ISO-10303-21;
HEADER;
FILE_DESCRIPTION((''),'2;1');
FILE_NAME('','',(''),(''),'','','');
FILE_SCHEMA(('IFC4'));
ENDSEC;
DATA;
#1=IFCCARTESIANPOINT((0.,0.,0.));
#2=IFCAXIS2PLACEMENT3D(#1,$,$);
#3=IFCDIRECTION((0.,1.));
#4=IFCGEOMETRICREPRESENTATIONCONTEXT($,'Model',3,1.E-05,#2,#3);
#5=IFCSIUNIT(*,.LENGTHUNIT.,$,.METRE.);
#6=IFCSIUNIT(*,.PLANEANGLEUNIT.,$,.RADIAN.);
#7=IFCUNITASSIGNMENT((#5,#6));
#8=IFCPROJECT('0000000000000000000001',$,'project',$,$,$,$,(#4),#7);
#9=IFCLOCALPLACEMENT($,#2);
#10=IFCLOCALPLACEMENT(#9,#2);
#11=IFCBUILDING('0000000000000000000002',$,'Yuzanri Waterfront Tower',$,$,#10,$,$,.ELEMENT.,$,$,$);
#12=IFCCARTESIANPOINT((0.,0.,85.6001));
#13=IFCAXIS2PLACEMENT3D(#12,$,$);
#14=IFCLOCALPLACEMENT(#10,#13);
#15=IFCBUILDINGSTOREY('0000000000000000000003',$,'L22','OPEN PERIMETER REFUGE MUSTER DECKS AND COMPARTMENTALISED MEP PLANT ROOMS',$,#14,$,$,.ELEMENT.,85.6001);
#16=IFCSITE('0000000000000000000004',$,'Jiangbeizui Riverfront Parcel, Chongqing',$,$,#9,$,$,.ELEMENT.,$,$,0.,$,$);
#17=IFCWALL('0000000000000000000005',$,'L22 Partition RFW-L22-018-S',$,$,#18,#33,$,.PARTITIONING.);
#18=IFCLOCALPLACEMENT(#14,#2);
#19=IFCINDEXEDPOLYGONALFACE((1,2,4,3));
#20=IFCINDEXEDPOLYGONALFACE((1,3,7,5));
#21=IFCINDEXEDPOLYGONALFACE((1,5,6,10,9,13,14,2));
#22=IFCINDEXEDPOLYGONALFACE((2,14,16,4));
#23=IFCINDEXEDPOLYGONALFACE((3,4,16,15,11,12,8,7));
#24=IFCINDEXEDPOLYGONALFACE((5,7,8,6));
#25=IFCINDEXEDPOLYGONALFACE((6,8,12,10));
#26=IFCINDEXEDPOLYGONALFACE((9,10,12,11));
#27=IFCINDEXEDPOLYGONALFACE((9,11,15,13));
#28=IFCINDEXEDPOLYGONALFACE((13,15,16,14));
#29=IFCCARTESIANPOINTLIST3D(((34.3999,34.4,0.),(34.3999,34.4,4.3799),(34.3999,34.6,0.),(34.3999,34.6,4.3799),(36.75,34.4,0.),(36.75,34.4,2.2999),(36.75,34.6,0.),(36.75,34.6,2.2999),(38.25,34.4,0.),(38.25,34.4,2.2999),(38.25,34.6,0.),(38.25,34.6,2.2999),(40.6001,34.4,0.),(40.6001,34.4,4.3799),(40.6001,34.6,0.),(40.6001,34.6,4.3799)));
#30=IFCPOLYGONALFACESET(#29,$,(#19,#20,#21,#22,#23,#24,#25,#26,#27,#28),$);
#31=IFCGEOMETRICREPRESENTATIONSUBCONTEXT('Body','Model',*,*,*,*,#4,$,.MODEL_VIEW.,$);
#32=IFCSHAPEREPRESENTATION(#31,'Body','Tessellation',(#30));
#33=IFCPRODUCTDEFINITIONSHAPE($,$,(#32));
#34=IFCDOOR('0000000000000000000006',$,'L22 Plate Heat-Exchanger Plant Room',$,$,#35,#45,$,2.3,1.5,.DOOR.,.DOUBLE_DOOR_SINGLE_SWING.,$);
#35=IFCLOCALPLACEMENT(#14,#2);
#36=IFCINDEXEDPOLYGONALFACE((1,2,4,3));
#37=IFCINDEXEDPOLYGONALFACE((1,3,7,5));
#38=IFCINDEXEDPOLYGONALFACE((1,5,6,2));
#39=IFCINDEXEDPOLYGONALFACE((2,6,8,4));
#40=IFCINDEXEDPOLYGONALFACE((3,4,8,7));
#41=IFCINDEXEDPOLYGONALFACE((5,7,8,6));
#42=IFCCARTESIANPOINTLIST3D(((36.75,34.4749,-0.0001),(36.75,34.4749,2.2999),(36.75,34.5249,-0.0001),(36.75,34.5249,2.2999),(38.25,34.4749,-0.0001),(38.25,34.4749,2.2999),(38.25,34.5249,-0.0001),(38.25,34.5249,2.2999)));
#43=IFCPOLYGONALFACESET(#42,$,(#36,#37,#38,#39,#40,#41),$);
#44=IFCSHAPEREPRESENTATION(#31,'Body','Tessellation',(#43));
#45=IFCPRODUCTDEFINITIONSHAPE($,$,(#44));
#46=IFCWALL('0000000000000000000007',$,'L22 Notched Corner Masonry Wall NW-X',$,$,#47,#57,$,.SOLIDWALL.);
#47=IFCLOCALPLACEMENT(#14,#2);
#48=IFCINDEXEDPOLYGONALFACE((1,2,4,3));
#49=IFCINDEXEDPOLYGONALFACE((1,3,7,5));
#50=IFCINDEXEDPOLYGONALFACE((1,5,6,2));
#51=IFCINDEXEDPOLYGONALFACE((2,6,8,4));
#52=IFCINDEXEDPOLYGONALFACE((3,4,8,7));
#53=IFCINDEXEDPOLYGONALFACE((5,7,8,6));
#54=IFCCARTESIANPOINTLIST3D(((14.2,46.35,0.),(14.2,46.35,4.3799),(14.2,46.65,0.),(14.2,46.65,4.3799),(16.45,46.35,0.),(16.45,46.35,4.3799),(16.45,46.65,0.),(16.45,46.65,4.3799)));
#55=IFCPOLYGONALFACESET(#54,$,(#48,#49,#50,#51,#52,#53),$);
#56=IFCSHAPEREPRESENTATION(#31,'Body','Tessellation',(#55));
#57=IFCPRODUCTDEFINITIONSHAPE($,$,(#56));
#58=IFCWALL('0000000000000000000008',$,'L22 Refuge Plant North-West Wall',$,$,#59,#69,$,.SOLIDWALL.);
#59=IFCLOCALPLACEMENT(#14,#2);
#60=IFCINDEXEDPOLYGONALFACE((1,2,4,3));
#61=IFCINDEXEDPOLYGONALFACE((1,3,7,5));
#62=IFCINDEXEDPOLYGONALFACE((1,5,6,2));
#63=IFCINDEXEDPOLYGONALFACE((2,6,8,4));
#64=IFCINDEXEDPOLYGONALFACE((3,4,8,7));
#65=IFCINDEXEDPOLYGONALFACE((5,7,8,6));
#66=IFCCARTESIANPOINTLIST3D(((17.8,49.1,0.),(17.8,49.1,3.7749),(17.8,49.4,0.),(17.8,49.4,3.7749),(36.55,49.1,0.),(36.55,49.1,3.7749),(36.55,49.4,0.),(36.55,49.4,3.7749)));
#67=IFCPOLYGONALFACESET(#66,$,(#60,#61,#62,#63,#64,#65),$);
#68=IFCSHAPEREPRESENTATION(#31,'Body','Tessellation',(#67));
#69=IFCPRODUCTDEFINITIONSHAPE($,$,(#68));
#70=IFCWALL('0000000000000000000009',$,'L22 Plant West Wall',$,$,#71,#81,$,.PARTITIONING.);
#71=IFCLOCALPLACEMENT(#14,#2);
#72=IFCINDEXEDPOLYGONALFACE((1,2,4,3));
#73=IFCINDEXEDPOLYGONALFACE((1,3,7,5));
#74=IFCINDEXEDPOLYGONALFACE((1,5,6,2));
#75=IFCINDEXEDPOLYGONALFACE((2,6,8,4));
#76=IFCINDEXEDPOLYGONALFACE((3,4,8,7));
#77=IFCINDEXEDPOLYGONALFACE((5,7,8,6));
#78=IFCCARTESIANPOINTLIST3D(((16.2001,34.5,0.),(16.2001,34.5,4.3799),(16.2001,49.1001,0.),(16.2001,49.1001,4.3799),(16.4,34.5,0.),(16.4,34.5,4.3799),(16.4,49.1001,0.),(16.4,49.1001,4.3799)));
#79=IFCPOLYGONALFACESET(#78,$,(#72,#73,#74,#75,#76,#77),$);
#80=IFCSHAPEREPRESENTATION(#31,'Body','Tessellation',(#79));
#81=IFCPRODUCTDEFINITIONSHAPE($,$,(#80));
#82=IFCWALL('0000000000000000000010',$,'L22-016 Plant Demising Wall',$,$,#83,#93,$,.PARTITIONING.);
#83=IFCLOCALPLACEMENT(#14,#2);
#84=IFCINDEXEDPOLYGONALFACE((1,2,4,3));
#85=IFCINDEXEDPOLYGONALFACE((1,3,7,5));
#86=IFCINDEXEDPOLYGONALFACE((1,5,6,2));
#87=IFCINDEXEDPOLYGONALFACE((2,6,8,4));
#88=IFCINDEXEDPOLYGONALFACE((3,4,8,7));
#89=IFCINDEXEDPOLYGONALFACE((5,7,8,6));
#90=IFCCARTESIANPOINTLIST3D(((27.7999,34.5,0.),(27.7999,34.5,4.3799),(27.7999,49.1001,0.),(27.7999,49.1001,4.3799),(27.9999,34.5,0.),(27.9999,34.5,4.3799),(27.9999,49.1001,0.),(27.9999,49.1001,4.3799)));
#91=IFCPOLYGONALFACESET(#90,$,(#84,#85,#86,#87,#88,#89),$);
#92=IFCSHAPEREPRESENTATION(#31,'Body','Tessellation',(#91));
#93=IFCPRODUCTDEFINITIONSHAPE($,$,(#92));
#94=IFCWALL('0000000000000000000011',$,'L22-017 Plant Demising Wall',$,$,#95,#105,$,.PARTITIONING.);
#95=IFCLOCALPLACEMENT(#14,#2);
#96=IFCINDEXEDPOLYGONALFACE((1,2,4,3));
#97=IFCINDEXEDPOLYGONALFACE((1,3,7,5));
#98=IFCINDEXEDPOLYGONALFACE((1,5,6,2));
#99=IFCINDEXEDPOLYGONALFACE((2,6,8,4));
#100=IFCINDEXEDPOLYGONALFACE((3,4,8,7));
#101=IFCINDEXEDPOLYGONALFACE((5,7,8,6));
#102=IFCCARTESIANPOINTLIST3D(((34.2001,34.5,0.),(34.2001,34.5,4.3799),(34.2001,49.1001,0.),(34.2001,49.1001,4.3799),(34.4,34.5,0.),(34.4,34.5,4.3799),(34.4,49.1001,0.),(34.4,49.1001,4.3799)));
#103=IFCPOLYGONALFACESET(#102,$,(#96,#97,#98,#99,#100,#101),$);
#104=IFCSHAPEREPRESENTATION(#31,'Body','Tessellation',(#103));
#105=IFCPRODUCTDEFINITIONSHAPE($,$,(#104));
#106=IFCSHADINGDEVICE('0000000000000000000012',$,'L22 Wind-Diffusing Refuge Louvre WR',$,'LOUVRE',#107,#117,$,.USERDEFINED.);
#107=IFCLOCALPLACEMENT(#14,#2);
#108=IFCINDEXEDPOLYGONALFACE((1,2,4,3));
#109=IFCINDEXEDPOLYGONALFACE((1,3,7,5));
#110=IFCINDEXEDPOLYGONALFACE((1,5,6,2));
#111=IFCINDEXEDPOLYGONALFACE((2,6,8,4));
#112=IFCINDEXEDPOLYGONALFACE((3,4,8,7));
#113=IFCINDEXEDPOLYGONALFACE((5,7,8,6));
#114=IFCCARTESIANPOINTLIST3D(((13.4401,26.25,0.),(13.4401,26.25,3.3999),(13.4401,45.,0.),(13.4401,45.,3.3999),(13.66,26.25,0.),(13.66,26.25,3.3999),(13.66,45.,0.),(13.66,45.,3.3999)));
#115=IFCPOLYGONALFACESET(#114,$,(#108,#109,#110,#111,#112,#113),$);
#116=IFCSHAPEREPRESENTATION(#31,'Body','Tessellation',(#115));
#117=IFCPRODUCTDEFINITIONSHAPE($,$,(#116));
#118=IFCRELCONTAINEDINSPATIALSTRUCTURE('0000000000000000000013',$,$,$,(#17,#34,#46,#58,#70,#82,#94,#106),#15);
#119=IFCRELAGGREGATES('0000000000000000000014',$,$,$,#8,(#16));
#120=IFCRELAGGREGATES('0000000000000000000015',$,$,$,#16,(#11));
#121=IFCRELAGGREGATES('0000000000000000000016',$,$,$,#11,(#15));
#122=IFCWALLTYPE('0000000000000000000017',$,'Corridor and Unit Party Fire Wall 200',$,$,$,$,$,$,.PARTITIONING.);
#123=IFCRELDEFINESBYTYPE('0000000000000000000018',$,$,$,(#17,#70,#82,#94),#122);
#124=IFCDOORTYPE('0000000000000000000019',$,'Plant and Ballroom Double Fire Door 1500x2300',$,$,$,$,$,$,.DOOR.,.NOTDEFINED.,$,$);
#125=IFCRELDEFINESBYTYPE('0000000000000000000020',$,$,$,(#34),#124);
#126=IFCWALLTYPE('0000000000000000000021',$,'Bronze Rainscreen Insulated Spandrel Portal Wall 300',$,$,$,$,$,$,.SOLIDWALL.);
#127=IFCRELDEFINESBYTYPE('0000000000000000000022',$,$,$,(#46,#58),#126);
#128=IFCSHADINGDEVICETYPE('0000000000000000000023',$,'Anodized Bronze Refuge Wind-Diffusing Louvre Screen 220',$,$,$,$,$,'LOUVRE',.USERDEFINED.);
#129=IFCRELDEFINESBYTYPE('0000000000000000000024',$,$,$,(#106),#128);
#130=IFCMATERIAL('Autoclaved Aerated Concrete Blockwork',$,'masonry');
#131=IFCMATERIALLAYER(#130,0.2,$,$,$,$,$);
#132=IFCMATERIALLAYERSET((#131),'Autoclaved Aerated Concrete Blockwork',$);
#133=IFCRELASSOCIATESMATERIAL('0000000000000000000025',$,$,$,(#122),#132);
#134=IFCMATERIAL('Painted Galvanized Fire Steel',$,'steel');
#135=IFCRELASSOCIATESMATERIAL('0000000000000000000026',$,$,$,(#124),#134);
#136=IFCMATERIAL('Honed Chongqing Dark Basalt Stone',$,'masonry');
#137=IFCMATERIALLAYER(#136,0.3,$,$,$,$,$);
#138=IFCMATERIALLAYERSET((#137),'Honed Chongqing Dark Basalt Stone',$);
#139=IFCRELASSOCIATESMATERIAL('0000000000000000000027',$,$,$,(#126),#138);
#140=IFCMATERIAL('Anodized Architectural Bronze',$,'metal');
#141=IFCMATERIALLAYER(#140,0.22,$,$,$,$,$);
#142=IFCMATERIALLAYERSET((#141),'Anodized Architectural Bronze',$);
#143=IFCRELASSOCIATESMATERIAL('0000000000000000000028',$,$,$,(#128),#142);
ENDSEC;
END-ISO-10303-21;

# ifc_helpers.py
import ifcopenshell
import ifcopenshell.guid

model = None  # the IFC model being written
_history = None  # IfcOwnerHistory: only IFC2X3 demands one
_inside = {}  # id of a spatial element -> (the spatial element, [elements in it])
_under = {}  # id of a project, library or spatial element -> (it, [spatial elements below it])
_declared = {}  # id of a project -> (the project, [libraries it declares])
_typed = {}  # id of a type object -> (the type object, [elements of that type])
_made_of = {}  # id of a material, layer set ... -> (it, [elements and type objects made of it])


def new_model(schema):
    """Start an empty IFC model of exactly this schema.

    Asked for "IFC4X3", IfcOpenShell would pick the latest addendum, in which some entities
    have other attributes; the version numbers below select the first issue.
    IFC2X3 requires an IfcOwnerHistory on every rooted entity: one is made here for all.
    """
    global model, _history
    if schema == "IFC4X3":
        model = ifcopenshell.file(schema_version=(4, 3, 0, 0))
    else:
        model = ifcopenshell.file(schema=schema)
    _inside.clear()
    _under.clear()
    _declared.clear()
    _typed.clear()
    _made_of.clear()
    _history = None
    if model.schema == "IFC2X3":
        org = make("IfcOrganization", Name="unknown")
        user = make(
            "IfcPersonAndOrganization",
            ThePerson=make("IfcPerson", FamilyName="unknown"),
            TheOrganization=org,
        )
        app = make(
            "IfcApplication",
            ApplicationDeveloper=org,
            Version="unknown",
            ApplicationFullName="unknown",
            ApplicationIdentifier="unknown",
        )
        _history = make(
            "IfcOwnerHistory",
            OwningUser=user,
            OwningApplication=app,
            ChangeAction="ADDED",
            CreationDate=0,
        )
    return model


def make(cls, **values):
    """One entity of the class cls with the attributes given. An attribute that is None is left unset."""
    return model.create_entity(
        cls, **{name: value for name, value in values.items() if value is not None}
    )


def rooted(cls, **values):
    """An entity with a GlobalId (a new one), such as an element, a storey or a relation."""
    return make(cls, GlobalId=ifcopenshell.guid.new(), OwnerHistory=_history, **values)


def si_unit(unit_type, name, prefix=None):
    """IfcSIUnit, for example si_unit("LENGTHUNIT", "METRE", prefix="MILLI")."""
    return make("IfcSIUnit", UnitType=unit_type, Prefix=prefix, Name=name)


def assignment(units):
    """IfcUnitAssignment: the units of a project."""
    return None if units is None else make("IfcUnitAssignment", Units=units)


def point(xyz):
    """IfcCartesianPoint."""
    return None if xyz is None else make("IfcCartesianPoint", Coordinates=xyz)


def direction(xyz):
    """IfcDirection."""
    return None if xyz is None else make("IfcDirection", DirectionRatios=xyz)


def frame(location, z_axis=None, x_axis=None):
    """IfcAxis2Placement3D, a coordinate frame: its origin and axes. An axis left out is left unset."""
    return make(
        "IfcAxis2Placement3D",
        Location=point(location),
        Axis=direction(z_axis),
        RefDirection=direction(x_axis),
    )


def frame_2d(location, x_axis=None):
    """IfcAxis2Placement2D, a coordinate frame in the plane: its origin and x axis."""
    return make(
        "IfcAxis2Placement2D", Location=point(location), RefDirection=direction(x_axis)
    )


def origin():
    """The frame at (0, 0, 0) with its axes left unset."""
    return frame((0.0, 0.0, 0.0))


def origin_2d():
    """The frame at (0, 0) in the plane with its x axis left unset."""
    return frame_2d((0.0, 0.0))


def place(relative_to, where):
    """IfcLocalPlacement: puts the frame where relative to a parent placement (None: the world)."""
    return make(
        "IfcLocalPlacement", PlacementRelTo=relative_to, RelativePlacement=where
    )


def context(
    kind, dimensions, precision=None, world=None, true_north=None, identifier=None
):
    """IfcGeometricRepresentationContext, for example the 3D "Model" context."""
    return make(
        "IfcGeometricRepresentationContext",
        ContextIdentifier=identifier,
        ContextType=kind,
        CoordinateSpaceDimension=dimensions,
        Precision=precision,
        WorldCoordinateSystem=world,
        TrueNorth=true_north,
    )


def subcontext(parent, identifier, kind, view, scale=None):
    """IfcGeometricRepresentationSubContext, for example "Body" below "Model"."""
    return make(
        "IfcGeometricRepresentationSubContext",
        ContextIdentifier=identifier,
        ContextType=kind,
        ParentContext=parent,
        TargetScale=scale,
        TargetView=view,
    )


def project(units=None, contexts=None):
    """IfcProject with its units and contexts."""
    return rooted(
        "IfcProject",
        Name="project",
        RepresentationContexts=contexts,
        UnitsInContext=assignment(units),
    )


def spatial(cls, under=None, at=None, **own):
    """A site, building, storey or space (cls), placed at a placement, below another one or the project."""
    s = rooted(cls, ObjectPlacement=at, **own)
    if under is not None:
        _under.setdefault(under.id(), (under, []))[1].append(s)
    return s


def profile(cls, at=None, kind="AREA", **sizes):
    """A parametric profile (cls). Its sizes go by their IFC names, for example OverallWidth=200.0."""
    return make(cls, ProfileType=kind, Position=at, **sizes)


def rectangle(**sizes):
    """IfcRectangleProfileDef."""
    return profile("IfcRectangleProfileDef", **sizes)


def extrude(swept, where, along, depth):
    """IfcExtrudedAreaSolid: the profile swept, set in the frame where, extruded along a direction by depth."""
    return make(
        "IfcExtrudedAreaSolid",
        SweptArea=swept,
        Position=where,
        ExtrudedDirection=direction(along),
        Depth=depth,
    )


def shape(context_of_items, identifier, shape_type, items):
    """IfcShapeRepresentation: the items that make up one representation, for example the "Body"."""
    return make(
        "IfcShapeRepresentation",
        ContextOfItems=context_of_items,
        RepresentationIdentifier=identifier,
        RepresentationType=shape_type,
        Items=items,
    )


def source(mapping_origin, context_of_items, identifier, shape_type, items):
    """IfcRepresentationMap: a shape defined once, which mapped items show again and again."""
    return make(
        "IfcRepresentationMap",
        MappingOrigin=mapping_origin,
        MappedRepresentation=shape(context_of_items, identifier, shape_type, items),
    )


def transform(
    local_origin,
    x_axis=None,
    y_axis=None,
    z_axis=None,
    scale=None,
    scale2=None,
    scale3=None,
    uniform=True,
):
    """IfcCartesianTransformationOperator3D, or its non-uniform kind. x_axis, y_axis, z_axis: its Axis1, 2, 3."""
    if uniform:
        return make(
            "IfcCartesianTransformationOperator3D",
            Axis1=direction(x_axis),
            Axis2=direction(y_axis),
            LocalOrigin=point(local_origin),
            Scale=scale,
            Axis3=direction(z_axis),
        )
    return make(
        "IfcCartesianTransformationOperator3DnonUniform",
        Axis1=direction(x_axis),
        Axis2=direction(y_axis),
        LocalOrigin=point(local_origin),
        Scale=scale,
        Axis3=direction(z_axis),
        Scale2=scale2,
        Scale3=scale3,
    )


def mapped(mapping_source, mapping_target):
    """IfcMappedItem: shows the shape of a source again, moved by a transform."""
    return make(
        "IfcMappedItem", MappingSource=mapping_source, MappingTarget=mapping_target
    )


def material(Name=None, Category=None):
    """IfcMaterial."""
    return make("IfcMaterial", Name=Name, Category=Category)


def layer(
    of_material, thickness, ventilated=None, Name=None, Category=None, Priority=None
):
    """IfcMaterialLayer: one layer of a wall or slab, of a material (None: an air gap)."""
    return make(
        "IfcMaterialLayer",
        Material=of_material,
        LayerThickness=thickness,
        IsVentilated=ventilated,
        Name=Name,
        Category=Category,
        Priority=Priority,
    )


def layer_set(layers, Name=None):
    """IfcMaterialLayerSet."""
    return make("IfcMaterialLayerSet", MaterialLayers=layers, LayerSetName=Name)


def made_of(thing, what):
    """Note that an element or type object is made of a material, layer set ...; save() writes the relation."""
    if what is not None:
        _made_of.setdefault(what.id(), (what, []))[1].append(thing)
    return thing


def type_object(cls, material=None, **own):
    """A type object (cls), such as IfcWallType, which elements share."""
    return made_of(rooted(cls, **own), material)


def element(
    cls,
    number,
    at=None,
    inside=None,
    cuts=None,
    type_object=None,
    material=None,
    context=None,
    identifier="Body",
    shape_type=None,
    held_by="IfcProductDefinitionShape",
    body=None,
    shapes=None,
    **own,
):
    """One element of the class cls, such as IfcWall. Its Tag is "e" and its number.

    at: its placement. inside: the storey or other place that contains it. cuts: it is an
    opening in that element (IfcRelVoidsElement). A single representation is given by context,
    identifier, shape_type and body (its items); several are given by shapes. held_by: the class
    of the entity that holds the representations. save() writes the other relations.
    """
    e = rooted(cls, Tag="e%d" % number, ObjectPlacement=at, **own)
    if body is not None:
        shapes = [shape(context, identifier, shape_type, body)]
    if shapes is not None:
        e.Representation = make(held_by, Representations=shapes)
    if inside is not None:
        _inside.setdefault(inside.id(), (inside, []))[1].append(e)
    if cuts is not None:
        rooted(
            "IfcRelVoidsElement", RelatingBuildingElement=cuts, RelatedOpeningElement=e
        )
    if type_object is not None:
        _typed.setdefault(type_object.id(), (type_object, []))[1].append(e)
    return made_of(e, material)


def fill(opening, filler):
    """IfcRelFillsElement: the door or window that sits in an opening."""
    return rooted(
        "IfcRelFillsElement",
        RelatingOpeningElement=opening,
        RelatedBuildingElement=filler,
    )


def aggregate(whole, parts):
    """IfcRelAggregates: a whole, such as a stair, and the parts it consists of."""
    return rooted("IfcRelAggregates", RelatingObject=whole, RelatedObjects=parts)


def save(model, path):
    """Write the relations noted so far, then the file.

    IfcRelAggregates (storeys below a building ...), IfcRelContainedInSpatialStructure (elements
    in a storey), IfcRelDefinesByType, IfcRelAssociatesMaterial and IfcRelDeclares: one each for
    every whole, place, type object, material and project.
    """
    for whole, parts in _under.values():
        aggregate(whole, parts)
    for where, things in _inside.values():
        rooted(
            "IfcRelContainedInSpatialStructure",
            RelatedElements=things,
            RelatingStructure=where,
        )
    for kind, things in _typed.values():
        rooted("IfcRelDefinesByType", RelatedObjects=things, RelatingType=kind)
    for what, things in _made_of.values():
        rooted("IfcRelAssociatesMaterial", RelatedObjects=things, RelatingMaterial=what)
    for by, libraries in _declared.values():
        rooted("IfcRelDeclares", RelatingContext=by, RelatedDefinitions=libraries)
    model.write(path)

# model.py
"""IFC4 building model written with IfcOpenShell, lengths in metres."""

from ifc_helpers import new_model, si_unit, direction, frame, frame_2d, origin, origin_2d, place, context, subcontext, project, spatial, rectangle, extrude, source, transform, mapped, material, layer, layer_set, type_object, element, fill, save


model = new_model("IFC4")

# Units and contexts
model_context = context("Model", 3, precision=1e-05, world=origin(), true_north=direction((0.0, 1.0)))
body_context = subcontext(model_context, "Body", "Model", "MODEL_VIEW")
ifc_project = project(units=[si_unit("LENGTHUNIT", "METRE"), si_unit("PLANEANGLEUNIT", "RADIAN")], contexts=[model_context])

# Site, building, storey
site_placement = place(None, origin())
site = spatial("IfcSite", under=ifc_project, at=site_placement, Name="Jiangbeizui Riverfront Parcel, Chongqing", CompositionType="ELEMENT", RefElevation=0.0)
building_placement = place(site_placement, origin())
building = spatial("IfcBuilding", under=site, at=building_placement, Name="Yuzanri Waterfront Tower", CompositionType="ELEMENT")
storey_placement = place(building_placement, frame((0.0, 0.0, 85.6001)))
storey = spatial("IfcBuildingStorey", under=building, at=storey_placement, Name="L22", Description="OPEN PERIMETER REFUGE MUSTER DECKS AND COMPARTMENTALISED MEP PLANT ROOMS", CompositionType="ELEMENT", Elevation=85.6001)

# Wall, opening, door
ifc_material_1 = material(Name="Autoclaved Aerated Concrete Blockwork", Category="masonry")
ifc_layer_1 = layer(ifc_material_1, 0.2)
ifc_layer_set_1 = layer_set([ifc_layer_1], Name="Autoclaved Aerated Concrete Blockwork")
wall_type_1 = type_object("IfcWallType", Name="Corridor and Unit Party Fire Wall 200", PredefinedType="PARTITIONING", material=ifc_layer_set_1)
ifc_material_2 = material(Name="Painted Galvanized Fire Steel", Category="steel")
door_type_1 = type_object("IfcDoorType", Name="Plant and Ballroom Double Fire Door 1500x2300", OperationType="NOTDEFINED", PredefinedType="DOOR", material=ifc_material_2)
shared_shape_1 = source(origin(), body_context, "Body", "SweptSolid", [
    extrude(rectangle(XDim=1.5, YDim=2.3, at=frame_2d((0.75, 1.1499))), frame((0.0, 0.0249, 0.0), z_axis=(0.0, -1.0, 0.0), x_axis=(1.0, 0.0, 0.0)), (0.0, 0.0, 1.0), 0.05),
])
wall_1_placement = place(storey_placement, frame((34.3999, 34.5, 0.0), z_axis=(0.0, 0.0, 1.0), x_axis=(1.0, 0.0, 0.0)))
wall_1 = element("IfcWall", 1, at=wall_1_placement, inside=storey, type_object=wall_type_1, Name="L22 Partition RFW-L22-018-S", PredefinedType="PARTITIONING", context=body_context, shape_type="SweptSolid", body=[
    extrude(rectangle(XDim=6.2002, YDim=0.2, at=frame_2d((3.1001, 0.0))), origin(), (0.0, 0.0, 1.0), 4.3799),
])
opening_1_placement = place(wall_1_placement, frame((2.3501, 0.0, 0.0)))
opening_1 = element("IfcOpeningElement", 2, at=opening_1_placement, cuts=wall_1, PredefinedType="OPENING", context=body_context, shape_type="SweptSolid", body=[
    extrude(rectangle(XDim=1.5, YDim=2.3, at=frame_2d((0.75, 1.1499))), frame((0.0, 0.1147, 0.0), z_axis=(0.0, -1.0, 0.0), x_axis=(1.0, 0.0, 0.0)), (0.0, 0.0, 1.0), 0.2297),
])
door_1_placement = place(opening_1_placement, origin())
door_1 = element("IfcDoor", 3, at=door_1_placement, inside=storey, type_object=door_type_1, Name="L22 Plate Heat-Exchanger Plant Room", OperationType="DOUBLE_DOOR_SINGLE_SWING", OverallHeight=2.3, OverallWidth=1.5, PredefinedType="DOOR", context=body_context, shape_type="MappedRepresentation", body=[
    mapped(shared_shape_1, transform((0.0, 0.0, 0.0), scale=1.0)),
])
fill(opening_1, door_1)

# Walls
ifc_material_3 = material(Name="Honed Chongqing Dark Basalt Stone", Category="masonry")
ifc_layer_2 = layer(ifc_material_3, 0.3)
ifc_layer_set_2 = layer_set([ifc_layer_2], Name="Honed Chongqing Dark Basalt Stone")
wall_type_2 = type_object("IfcWallType", Name="Bronze Rainscreen Insulated Spandrel Portal Wall 300", PredefinedType="SOLIDWALL", material=ifc_layer_set_2)
shared_shape_2 = source(origin(), body_context, "Body", "SweptSolid", [
    extrude(rectangle(XDim=2.25, YDim=0.3, at=frame_2d((1.125, 0.0))), origin(), (0.0, 0.0, 1.0), 4.3799),
])
wall_2_placement = place(storey_placement, frame((16.45, 46.5, 0.0), z_axis=(0.0, 0.0, 1.0), x_axis=(-1.0, 0.0, 0.0)))
element("IfcWall", 4, at=wall_2_placement, inside=storey, type_object=wall_type_2, Name="L22 Notched Corner Masonry Wall NW-X", PredefinedType="SOLIDWALL", context=body_context, shape_type="MappedRepresentation", body=[
    mapped(shared_shape_2, transform((0.0, 0.0, 0.0), scale=1.0)),
])
shared_shape_3 = source(origin(), body_context, "Body", "SweptSolid", [
    extrude(rectangle(XDim=18.75, YDim=0.3, at=frame_2d((9.375, 0.0))), origin(), (0.0, 0.0, 1.0), 3.7749),
])
wall_3_placement = place(storey_placement, frame((17.8, 49.25, 0.0), z_axis=(0.0, 0.0, 1.0), x_axis=(1.0, 0.0, 0.0)))
element("IfcWall", 5, at=wall_3_placement, inside=storey, type_object=wall_type_2, Name="L22 Refuge Plant North-West Wall", PredefinedType="SOLIDWALL", context=body_context, shape_type="MappedRepresentation", body=[
    mapped(shared_shape_3, transform((0.0, 0.0, 0.0), scale=1.0)),
])
shared_shape_4 = source(origin(), body_context, "Body", "SweptSolid", [
    extrude(rectangle(XDim=14.6001, YDim=0.2, at=frame_2d((7.3, 0.0))), origin(), (0.0, 0.0, 1.0), 4.3799),
])
for number, where, z_axis, x_axis, name in (
    (6, (16.3, 34.5, 0.0), (0.0, 0.0, 1.0), (0.0, 1.0, 0.0), "L22 Plant West Wall"),
    (7, (27.8999, 34.5, 0.0), (0.0, 0.0, 1.0), (0.0, 1.0, 0.0), "L22-016 Plant Demising Wall"),
    (8, (34.3, 34.5, 0.0), (0.0, 0.0, 1.0), (0.0, 1.0, 0.0), "L22-017 Plant Demising Wall"),
):
    element("IfcWall", number, at=place(storey_placement, frame(where, z_axis=z_axis, x_axis=x_axis)), inside=storey, type_object=wall_type_1, Name=name, PredefinedType="PARTITIONING", context=body_context, shape_type="MappedRepresentation", body=[
        mapped(shared_shape_4, transform((0.0, 0.0, 0.0), scale=1.0)),
    ])

# Shading device
ifc_material_4 = material(Name="Anodized Architectural Bronze", Category="metal")
ifc_layer_3 = layer(ifc_material_4, 0.22)
ifc_layer_set_3 = layer_set([ifc_layer_3], Name="Anodized Architectural Bronze")
shading_device_type = type_object("IfcShadingDeviceType", Name="Anodized Bronze Refuge Wind-Diffusing Louvre Screen 220", ElementType="LOUVRE", PredefinedType="USERDEFINED", material=ifc_layer_set_3)
shared_shape_5 = source(origin(), body_context, "Body", "SweptSolid", [
    extrude(rectangle(XDim=0.22, YDim=18.75, at=origin_2d()), origin(), (0.0, 0.0, 1.0), 3.3999),
])
shading_device_placement = place(storey_placement, frame((13.55, 35.625, 0.0), z_axis=(0.0, 0.0, 1.0), x_axis=(1.0, 0.0, 0.0)))
element("IfcShadingDevice", 9, at=shading_device_placement, inside=storey, type_object=shading_device_type, Name="L22 Wind-Diffusing Refuge Louvre WR", ObjectType="LOUVRE", PredefinedType="USERDEFINED", context=body_context, shape_type="MappedRepresentation", body=[
    mapped(shared_shape_5, transform((0.0, 0.0, 0.0), scale=1.0)),
])

save(model, "model.ifc")
